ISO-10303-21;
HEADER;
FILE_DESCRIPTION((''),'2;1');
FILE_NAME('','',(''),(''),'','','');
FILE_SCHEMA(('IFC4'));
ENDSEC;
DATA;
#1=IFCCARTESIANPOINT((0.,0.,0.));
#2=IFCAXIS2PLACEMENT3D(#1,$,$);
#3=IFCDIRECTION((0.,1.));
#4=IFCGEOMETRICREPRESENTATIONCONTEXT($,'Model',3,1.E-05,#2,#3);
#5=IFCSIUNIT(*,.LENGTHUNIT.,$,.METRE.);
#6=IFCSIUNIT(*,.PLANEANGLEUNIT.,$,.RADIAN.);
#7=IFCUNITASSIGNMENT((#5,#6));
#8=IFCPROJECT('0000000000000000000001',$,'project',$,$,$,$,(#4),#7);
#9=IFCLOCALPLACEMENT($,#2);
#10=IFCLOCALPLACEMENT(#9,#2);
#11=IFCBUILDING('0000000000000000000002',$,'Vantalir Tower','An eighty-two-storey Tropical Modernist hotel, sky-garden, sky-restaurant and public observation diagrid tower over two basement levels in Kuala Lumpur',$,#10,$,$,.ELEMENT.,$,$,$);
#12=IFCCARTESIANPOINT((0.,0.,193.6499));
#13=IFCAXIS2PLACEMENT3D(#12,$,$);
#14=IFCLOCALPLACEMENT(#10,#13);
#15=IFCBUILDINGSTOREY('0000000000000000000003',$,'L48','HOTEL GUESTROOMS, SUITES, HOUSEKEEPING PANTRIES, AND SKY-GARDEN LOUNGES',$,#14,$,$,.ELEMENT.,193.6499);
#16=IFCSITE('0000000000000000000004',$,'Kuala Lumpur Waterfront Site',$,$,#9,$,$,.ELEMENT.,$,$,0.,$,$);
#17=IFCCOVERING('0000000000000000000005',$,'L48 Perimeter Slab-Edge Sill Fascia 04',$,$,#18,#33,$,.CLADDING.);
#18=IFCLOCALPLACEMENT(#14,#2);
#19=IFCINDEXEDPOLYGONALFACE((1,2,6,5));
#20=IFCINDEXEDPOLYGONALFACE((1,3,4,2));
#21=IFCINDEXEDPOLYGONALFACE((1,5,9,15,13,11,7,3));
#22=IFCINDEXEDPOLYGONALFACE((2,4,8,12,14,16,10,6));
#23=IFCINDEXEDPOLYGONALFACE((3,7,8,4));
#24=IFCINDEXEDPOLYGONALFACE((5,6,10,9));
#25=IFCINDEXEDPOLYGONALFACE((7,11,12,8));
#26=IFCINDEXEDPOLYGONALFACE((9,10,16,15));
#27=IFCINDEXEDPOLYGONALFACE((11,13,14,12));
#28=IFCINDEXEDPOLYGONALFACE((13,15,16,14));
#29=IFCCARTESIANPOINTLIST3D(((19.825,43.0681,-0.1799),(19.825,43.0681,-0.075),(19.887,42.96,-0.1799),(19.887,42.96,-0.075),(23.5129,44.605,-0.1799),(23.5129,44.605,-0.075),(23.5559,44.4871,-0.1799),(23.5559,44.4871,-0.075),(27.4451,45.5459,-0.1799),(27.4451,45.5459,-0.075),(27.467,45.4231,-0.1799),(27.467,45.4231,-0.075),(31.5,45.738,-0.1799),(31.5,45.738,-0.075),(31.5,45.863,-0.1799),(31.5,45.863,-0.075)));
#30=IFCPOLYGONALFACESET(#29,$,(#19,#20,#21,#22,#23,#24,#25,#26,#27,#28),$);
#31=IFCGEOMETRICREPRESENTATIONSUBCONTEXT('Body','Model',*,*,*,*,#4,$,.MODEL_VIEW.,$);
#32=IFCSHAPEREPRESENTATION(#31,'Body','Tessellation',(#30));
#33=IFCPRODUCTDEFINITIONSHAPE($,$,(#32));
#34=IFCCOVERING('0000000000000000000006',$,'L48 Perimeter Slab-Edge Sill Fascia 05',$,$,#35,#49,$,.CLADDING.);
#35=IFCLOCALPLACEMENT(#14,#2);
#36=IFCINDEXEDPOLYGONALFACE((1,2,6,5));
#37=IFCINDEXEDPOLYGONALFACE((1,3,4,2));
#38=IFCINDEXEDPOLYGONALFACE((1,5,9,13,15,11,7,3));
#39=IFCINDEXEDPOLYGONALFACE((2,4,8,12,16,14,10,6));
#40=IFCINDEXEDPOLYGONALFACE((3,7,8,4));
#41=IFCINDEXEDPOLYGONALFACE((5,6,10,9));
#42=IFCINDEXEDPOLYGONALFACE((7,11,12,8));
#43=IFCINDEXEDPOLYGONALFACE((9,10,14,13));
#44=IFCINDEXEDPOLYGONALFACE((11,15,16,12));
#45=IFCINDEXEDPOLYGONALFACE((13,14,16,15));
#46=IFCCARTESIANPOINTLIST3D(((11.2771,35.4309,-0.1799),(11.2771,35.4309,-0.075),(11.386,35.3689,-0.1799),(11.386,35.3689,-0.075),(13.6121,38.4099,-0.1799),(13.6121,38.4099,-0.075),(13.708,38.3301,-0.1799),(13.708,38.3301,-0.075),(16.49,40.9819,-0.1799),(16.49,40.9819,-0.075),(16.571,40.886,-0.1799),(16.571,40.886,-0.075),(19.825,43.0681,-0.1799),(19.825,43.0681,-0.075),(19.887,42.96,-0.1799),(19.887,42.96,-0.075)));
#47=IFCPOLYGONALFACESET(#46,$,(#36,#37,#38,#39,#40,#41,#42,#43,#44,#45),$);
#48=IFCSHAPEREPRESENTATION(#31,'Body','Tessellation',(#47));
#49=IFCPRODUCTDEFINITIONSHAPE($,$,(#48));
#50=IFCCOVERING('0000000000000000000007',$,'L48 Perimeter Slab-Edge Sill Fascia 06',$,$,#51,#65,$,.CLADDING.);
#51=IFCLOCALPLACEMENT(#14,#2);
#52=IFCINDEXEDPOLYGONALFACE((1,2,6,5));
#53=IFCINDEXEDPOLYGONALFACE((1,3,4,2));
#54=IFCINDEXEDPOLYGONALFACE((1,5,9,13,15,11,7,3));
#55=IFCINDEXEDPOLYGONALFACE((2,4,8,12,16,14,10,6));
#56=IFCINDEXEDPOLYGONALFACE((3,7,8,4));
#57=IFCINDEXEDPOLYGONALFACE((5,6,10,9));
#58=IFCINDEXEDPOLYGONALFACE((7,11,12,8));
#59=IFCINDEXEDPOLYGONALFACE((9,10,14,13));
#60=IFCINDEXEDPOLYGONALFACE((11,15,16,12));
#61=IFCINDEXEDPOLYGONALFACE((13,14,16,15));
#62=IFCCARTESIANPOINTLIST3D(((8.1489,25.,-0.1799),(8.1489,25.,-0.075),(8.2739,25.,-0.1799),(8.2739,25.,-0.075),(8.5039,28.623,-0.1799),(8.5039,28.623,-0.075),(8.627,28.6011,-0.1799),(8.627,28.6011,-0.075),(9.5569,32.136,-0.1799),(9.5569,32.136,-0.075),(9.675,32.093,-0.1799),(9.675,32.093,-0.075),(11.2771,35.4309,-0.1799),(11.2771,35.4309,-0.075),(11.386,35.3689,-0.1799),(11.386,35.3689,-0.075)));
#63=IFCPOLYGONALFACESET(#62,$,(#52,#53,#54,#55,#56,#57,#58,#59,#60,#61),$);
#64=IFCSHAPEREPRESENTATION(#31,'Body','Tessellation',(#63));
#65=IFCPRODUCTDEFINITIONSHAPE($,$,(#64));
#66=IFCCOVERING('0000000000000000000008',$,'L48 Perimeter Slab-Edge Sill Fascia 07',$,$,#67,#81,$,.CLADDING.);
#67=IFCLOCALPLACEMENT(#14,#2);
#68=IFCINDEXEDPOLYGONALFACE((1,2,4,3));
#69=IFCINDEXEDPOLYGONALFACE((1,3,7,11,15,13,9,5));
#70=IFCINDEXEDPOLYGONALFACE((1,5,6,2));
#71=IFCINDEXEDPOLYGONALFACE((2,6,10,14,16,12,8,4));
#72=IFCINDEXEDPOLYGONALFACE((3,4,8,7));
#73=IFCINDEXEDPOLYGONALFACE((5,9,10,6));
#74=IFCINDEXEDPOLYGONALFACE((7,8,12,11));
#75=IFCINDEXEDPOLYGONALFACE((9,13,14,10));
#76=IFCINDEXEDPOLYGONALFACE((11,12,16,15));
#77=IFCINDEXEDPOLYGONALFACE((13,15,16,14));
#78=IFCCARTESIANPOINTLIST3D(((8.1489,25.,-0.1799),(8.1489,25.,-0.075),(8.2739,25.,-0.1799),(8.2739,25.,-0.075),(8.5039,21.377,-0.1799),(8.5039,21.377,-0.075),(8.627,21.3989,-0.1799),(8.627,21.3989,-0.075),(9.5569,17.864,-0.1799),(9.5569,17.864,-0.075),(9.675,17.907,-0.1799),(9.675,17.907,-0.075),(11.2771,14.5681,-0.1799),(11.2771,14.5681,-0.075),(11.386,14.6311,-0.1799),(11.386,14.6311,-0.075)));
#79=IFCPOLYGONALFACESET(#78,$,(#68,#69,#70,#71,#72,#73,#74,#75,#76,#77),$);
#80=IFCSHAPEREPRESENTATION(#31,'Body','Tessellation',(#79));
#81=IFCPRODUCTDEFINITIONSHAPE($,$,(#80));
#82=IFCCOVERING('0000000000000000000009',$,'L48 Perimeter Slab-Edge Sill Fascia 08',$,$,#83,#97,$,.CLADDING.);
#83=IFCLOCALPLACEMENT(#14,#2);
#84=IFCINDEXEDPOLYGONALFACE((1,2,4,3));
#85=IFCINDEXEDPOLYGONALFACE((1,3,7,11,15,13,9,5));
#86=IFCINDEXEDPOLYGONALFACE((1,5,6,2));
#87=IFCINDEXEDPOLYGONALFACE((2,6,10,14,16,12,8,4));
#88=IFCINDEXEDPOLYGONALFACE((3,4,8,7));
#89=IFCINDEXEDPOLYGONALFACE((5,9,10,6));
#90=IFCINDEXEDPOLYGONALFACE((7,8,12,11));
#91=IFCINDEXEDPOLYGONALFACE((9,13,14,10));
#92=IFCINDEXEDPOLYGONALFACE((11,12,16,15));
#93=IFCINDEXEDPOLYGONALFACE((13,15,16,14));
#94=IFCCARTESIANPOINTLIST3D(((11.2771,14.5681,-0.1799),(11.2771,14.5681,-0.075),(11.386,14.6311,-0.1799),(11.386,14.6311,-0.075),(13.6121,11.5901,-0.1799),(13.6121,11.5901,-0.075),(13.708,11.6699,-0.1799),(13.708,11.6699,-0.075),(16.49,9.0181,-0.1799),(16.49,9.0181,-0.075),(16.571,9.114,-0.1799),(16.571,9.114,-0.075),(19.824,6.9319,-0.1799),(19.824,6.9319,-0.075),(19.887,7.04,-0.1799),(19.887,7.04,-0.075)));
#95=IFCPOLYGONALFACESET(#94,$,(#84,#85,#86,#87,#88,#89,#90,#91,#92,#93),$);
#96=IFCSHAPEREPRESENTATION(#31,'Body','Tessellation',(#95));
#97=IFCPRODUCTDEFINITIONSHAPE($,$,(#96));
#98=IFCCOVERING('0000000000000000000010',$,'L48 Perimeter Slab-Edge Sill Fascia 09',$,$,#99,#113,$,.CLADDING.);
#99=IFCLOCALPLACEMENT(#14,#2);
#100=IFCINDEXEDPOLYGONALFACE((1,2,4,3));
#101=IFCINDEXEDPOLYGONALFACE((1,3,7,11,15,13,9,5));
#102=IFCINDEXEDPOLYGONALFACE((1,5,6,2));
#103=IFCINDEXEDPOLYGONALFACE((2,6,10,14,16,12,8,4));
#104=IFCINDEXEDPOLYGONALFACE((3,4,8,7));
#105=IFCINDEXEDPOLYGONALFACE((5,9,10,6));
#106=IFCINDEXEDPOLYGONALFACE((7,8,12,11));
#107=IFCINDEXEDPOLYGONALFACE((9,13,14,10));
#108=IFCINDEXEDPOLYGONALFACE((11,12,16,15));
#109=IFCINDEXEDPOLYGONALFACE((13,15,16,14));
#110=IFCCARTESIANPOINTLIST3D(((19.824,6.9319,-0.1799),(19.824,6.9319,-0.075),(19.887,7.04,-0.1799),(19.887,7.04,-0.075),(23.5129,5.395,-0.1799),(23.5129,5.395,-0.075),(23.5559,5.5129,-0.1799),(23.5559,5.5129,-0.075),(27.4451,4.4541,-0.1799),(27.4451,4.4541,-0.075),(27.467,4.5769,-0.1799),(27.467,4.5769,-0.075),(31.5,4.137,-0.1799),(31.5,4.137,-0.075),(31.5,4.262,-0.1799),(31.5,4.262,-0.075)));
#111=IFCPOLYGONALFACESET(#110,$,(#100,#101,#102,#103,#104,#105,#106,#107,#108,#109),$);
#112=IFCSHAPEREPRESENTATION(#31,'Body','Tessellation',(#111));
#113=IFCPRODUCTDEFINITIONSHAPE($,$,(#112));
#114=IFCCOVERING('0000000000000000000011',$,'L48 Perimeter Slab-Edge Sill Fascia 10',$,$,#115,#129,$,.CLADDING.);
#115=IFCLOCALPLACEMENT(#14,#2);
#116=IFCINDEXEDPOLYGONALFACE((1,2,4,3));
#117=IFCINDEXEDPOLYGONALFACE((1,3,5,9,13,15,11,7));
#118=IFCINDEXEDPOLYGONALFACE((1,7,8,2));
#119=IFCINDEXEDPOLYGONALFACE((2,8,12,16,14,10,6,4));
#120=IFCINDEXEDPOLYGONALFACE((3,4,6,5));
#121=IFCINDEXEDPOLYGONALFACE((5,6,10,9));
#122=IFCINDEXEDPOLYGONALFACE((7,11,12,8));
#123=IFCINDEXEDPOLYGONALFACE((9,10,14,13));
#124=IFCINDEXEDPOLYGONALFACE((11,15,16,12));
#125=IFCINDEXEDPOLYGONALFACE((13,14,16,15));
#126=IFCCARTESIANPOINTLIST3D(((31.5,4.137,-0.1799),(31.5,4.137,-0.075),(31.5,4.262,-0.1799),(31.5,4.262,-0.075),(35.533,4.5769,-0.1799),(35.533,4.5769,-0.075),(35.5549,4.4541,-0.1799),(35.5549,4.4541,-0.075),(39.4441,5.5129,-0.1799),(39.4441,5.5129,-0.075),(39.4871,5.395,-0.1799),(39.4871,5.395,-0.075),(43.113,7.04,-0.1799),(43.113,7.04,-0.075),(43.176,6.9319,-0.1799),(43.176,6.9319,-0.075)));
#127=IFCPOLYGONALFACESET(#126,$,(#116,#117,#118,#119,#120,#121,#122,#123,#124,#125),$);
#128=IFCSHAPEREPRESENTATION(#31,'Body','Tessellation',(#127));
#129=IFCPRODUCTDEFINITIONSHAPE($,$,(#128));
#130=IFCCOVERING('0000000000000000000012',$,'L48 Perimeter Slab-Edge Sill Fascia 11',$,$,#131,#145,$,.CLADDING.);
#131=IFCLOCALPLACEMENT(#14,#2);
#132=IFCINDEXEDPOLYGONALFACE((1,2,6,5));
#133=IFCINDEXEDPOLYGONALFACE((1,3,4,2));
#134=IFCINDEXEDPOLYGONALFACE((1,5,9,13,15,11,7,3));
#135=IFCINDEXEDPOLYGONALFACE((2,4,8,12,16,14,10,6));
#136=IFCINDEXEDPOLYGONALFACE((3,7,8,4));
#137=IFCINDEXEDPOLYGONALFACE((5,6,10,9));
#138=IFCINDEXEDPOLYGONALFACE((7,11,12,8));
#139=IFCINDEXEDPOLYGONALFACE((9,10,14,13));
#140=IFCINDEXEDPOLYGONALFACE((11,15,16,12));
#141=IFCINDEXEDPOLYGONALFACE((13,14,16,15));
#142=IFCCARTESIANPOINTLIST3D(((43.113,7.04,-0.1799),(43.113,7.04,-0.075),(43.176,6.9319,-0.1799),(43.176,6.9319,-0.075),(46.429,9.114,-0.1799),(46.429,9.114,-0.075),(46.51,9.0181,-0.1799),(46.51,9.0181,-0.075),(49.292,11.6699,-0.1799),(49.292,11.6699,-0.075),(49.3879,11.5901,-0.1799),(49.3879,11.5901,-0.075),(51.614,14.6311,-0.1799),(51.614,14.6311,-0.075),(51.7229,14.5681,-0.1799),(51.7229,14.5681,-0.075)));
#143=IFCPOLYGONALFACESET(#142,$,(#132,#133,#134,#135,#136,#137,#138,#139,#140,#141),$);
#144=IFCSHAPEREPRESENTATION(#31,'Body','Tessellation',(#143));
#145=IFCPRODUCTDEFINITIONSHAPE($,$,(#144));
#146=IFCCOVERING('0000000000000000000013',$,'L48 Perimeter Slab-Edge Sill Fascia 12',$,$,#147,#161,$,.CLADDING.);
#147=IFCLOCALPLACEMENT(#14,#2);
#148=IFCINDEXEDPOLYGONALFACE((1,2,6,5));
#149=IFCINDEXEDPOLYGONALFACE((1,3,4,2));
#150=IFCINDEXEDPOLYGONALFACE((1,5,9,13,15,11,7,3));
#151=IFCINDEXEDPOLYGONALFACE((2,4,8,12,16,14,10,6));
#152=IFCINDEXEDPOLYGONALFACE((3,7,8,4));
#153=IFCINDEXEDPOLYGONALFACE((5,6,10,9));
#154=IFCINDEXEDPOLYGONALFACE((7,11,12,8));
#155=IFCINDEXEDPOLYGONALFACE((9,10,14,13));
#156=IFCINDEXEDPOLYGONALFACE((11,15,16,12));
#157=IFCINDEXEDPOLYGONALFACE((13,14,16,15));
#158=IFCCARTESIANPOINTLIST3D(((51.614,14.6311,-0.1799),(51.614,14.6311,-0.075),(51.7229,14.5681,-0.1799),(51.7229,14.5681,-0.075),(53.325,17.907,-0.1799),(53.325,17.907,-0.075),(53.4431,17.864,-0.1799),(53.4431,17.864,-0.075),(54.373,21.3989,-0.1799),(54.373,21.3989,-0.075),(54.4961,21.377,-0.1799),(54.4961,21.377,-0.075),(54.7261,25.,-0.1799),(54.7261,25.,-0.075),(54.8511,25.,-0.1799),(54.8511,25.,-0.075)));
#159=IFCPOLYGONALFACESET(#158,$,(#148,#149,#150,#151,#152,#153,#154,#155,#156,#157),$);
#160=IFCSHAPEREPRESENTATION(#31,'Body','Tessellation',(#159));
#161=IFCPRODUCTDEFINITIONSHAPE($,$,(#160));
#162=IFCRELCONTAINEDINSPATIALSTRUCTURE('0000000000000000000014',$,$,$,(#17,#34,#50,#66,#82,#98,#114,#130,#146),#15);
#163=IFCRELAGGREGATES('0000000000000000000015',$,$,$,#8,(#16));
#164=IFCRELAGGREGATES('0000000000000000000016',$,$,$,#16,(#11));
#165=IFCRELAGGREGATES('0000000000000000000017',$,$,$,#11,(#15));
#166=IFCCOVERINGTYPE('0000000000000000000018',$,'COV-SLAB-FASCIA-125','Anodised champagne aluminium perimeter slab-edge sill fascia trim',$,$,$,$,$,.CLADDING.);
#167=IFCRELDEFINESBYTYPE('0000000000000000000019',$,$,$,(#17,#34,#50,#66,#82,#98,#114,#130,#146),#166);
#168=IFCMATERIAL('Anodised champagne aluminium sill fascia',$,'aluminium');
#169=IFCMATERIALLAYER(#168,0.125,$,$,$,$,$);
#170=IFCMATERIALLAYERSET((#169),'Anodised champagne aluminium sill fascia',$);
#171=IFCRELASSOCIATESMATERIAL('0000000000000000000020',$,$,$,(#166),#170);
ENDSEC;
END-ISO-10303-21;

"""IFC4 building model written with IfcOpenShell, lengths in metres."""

from ifc_helpers import new_model, si_unit, direction, frame, origin, place, context, subcontext, project, spatial, polyline, outline, extrude, material, layer, layer_set, type_object, element, save


model = new_model("IFC4")

# Units and contexts
model_context = context("Model", 3, precision=1e-05, world=origin(), true_north=direction((0.0, 1.0)))
body_context = subcontext(model_context, "Body", "Model", "MODEL_VIEW")
ifc_project = project(units=[si_unit("LENGTHUNIT", "METRE"), si_unit("PLANEANGLEUNIT", "RADIAN")], contexts=[model_context])

# Site, building, storey
site_placement = place(None, origin())
site = spatial("IfcSite", under=ifc_project, at=site_placement, Name="Kuala Lumpur Waterfront Site", CompositionType="ELEMENT", RefElevation=0.0)
building_placement = place(site_placement, origin())
building = spatial("IfcBuilding", under=site, at=building_placement, Name="Vantalir Tower", Description="An eighty-two-storey Tropical Modernist hotel, sky-garden, sky-restaurant and public observation diagrid tower over two basement levels in Kuala Lumpur", CompositionType="ELEMENT")
storey_placement = place(building_placement, frame((0.0, 0.0, 193.6499)))
storey = spatial("IfcBuildingStorey", under=building, at=storey_placement, Name="L48", Description="HOTEL GUESTROOMS, SUITES, HOUSEKEEPING PANTRIES, AND SKY-GARDEN LOUNGES", CompositionType="ELEMENT", Elevation=193.6499)

# Coverings
ifc_material_1 = material(Name="Anodised champagne aluminium sill fascia", Category="aluminium")
ifc_layer_1 = layer(ifc_material_1, 0.125)
ifc_layer_set_1 = layer_set([ifc_layer_1], Name="Anodised champagne aluminium sill fascia")
covering_type = type_object("IfcCoveringType", Name="COV-SLAB-FASCIA-125", Description="Anodised champagne aluminium perimeter slab-edge sill fascia trim", PredefinedType="CLADDING", material=ifc_layer_set_1)
covering_1_placement = place(storey_placement, frame((0.0, 0.0, -0.1799)))
element("IfcCovering", 1, at=covering_1_placement, inside=storey, type_object=covering_type, Name="L48 Perimeter Slab-Edge Sill Fascia 04", PredefinedType="CLADDING", context=body_context, shape_type="SweptSolid", body=[
    extrude(outline(polyline([(31.5, 45.863), (27.4451, 45.5459), (23.5129, 44.605), (19.825, 43.0681), (19.887, 42.96), (23.5559, 44.4871), (27.467, 45.4231), (31.5, 45.738), (31.5, 45.863)])), origin(), (0.0, 0.0, 1.0), 0.105),
])
covering_2_placement = place(storey_placement, frame((0.0, 0.0, -0.1799)))
element("IfcCovering", 2, at=covering_2_placement, inside=storey, type_object=covering_type, Name="L48 Perimeter Slab-Edge Sill Fascia 05", PredefinedType="CLADDING", context=body_context, shape_type="SweptSolid", body=[
    extrude(outline(polyline([(19.825, 43.0681), (16.49, 40.9819), (13.6121, 38.4099), (11.2771, 35.4309), (11.386, 35.3689), (13.708, 38.3301), (16.571, 40.886), (19.887, 42.96), (19.825, 43.0681)])), origin(), (0.0, 0.0, 1.0), 0.105),
])
covering_3_placement = place(storey_placement, frame((0.0, 0.0, -0.1799)))
element("IfcCovering", 3, at=covering_3_placement, inside=storey, type_object=covering_type, Name="L48 Perimeter Slab-Edge Sill Fascia 06", PredefinedType="CLADDING", context=body_context, shape_type="SweptSolid", body=[
    extrude(outline(polyline([(11.2771, 35.4309), (9.5569, 32.136), (8.5039, 28.623), (8.1489, 25.0), (8.2739, 25.0), (8.627, 28.6011), (9.675, 32.093), (11.386, 35.3689), (11.2771, 35.4309)])), origin(), (0.0, 0.0, 1.0), 0.105),
])
covering_4_placement = place(storey_placement, frame((0.0, 0.0, -0.1799)))
element("IfcCovering", 4, at=covering_4_placement, inside=storey, type_object=covering_type, Name="L48 Perimeter Slab-Edge Sill Fascia 07", PredefinedType="CLADDING", context=body_context, shape_type="SweptSolid", body=[
    extrude(outline(polyline([(8.1489, 25.0), (8.5039, 21.377), (9.5569, 17.864), (11.2771, 14.5681), (11.386, 14.6311), (9.675, 17.907), (8.627, 21.3989), (8.2739, 25.0), (8.1489, 25.0)])), origin(), (0.0, 0.0, 1.0), 0.105),
])
covering_5_placement = place(storey_placement, frame((0.0, 0.0, -0.1799)))
element("IfcCovering", 5, at=covering_5_placement, inside=storey, type_object=covering_type, Name="L48 Perimeter Slab-Edge Sill Fascia 08", PredefinedType="CLADDING", context=body_context, shape_type="SweptSolid", body=[
    extrude(outline(polyline([(11.2771, 14.5681), (13.6121, 11.5901), (16.49, 9.0181), (19.824, 6.9319), (19.887, 7.04), (16.571, 9.114), (13.708, 11.6699), (11.386, 14.6311), (11.2771, 14.5681)])), origin(), (0.0, 0.0, 1.0), 0.105),
])
covering_6_placement = place(storey_placement, frame((0.0, 0.0, -0.1799)))
element("IfcCovering", 6, at=covering_6_placement, inside=storey, type_object=covering_type, Name="L48 Perimeter Slab-Edge Sill Fascia 09", PredefinedType="CLADDING", context=body_context, shape_type="SweptSolid", body=[
    extrude(outline(polyline([(19.824, 6.9319), (23.5129, 5.395), (27.4451, 4.4541), (31.5, 4.137), (31.5, 4.262), (27.467, 4.5769), (23.5559, 5.5129), (19.887, 7.04), (19.824, 6.9319)])), origin(), (0.0, 0.0, 1.0), 0.105),
])
covering_7_placement = place(storey_placement, frame((0.0, 0.0, -0.1799)))
element("IfcCovering", 7, at=covering_7_placement, inside=storey, type_object=covering_type, Name="L48 Perimeter Slab-Edge Sill Fascia 10", PredefinedType="CLADDING", context=body_context, shape_type="SweptSolid", body=[
    extrude(outline(polyline([(31.5, 4.137), (35.5549, 4.4541), (39.4871, 5.395), (43.176, 6.9319), (43.113, 7.04), (39.4441, 5.5129), (35.533, 4.5769), (31.5, 4.262), (31.5, 4.137)])), origin(), (0.0, 0.0, 1.0), 0.105),
])
covering_8_placement = place(storey_placement, frame((0.0, 0.0, -0.1799)))
element("IfcCovering", 8, at=covering_8_placement, inside=storey, type_object=covering_type, Name="L48 Perimeter Slab-Edge Sill Fascia 11", PredefinedType="CLADDING", context=body_context, shape_type="SweptSolid", body=[
    extrude(outline(polyline([(43.176, 6.9319), (46.51, 9.0181), (49.3879, 11.5901), (51.7229, 14.5681), (51.614, 14.6311), (49.292, 11.6699), (46.429, 9.114), (43.113, 7.04), (43.176, 6.9319)])), origin(), (0.0, 0.0, 1.0), 0.105),
])
covering_9_placement = place(storey_placement, frame((0.0, 0.0, -0.1799)))
element("IfcCovering", 9, at=covering_9_placement, inside=storey, type_object=covering_type, Name="L48 Perimeter Slab-Edge Sill Fascia 12", PredefinedType="CLADDING", context=body_context, shape_type="SweptSolid", body=[
    extrude(outline(polyline([(51.7229, 14.5681), (53.4431, 17.864), (54.4961, 21.377), (54.8511, 25.0), (54.7261, 25.0), (54.373, 21.3989), (53.325, 17.907), (51.614, 14.6311), (51.7229, 14.5681)])), origin(), (0.0, 0.0, 1.0), 0.105),
])

save(model, "model.ifc")
